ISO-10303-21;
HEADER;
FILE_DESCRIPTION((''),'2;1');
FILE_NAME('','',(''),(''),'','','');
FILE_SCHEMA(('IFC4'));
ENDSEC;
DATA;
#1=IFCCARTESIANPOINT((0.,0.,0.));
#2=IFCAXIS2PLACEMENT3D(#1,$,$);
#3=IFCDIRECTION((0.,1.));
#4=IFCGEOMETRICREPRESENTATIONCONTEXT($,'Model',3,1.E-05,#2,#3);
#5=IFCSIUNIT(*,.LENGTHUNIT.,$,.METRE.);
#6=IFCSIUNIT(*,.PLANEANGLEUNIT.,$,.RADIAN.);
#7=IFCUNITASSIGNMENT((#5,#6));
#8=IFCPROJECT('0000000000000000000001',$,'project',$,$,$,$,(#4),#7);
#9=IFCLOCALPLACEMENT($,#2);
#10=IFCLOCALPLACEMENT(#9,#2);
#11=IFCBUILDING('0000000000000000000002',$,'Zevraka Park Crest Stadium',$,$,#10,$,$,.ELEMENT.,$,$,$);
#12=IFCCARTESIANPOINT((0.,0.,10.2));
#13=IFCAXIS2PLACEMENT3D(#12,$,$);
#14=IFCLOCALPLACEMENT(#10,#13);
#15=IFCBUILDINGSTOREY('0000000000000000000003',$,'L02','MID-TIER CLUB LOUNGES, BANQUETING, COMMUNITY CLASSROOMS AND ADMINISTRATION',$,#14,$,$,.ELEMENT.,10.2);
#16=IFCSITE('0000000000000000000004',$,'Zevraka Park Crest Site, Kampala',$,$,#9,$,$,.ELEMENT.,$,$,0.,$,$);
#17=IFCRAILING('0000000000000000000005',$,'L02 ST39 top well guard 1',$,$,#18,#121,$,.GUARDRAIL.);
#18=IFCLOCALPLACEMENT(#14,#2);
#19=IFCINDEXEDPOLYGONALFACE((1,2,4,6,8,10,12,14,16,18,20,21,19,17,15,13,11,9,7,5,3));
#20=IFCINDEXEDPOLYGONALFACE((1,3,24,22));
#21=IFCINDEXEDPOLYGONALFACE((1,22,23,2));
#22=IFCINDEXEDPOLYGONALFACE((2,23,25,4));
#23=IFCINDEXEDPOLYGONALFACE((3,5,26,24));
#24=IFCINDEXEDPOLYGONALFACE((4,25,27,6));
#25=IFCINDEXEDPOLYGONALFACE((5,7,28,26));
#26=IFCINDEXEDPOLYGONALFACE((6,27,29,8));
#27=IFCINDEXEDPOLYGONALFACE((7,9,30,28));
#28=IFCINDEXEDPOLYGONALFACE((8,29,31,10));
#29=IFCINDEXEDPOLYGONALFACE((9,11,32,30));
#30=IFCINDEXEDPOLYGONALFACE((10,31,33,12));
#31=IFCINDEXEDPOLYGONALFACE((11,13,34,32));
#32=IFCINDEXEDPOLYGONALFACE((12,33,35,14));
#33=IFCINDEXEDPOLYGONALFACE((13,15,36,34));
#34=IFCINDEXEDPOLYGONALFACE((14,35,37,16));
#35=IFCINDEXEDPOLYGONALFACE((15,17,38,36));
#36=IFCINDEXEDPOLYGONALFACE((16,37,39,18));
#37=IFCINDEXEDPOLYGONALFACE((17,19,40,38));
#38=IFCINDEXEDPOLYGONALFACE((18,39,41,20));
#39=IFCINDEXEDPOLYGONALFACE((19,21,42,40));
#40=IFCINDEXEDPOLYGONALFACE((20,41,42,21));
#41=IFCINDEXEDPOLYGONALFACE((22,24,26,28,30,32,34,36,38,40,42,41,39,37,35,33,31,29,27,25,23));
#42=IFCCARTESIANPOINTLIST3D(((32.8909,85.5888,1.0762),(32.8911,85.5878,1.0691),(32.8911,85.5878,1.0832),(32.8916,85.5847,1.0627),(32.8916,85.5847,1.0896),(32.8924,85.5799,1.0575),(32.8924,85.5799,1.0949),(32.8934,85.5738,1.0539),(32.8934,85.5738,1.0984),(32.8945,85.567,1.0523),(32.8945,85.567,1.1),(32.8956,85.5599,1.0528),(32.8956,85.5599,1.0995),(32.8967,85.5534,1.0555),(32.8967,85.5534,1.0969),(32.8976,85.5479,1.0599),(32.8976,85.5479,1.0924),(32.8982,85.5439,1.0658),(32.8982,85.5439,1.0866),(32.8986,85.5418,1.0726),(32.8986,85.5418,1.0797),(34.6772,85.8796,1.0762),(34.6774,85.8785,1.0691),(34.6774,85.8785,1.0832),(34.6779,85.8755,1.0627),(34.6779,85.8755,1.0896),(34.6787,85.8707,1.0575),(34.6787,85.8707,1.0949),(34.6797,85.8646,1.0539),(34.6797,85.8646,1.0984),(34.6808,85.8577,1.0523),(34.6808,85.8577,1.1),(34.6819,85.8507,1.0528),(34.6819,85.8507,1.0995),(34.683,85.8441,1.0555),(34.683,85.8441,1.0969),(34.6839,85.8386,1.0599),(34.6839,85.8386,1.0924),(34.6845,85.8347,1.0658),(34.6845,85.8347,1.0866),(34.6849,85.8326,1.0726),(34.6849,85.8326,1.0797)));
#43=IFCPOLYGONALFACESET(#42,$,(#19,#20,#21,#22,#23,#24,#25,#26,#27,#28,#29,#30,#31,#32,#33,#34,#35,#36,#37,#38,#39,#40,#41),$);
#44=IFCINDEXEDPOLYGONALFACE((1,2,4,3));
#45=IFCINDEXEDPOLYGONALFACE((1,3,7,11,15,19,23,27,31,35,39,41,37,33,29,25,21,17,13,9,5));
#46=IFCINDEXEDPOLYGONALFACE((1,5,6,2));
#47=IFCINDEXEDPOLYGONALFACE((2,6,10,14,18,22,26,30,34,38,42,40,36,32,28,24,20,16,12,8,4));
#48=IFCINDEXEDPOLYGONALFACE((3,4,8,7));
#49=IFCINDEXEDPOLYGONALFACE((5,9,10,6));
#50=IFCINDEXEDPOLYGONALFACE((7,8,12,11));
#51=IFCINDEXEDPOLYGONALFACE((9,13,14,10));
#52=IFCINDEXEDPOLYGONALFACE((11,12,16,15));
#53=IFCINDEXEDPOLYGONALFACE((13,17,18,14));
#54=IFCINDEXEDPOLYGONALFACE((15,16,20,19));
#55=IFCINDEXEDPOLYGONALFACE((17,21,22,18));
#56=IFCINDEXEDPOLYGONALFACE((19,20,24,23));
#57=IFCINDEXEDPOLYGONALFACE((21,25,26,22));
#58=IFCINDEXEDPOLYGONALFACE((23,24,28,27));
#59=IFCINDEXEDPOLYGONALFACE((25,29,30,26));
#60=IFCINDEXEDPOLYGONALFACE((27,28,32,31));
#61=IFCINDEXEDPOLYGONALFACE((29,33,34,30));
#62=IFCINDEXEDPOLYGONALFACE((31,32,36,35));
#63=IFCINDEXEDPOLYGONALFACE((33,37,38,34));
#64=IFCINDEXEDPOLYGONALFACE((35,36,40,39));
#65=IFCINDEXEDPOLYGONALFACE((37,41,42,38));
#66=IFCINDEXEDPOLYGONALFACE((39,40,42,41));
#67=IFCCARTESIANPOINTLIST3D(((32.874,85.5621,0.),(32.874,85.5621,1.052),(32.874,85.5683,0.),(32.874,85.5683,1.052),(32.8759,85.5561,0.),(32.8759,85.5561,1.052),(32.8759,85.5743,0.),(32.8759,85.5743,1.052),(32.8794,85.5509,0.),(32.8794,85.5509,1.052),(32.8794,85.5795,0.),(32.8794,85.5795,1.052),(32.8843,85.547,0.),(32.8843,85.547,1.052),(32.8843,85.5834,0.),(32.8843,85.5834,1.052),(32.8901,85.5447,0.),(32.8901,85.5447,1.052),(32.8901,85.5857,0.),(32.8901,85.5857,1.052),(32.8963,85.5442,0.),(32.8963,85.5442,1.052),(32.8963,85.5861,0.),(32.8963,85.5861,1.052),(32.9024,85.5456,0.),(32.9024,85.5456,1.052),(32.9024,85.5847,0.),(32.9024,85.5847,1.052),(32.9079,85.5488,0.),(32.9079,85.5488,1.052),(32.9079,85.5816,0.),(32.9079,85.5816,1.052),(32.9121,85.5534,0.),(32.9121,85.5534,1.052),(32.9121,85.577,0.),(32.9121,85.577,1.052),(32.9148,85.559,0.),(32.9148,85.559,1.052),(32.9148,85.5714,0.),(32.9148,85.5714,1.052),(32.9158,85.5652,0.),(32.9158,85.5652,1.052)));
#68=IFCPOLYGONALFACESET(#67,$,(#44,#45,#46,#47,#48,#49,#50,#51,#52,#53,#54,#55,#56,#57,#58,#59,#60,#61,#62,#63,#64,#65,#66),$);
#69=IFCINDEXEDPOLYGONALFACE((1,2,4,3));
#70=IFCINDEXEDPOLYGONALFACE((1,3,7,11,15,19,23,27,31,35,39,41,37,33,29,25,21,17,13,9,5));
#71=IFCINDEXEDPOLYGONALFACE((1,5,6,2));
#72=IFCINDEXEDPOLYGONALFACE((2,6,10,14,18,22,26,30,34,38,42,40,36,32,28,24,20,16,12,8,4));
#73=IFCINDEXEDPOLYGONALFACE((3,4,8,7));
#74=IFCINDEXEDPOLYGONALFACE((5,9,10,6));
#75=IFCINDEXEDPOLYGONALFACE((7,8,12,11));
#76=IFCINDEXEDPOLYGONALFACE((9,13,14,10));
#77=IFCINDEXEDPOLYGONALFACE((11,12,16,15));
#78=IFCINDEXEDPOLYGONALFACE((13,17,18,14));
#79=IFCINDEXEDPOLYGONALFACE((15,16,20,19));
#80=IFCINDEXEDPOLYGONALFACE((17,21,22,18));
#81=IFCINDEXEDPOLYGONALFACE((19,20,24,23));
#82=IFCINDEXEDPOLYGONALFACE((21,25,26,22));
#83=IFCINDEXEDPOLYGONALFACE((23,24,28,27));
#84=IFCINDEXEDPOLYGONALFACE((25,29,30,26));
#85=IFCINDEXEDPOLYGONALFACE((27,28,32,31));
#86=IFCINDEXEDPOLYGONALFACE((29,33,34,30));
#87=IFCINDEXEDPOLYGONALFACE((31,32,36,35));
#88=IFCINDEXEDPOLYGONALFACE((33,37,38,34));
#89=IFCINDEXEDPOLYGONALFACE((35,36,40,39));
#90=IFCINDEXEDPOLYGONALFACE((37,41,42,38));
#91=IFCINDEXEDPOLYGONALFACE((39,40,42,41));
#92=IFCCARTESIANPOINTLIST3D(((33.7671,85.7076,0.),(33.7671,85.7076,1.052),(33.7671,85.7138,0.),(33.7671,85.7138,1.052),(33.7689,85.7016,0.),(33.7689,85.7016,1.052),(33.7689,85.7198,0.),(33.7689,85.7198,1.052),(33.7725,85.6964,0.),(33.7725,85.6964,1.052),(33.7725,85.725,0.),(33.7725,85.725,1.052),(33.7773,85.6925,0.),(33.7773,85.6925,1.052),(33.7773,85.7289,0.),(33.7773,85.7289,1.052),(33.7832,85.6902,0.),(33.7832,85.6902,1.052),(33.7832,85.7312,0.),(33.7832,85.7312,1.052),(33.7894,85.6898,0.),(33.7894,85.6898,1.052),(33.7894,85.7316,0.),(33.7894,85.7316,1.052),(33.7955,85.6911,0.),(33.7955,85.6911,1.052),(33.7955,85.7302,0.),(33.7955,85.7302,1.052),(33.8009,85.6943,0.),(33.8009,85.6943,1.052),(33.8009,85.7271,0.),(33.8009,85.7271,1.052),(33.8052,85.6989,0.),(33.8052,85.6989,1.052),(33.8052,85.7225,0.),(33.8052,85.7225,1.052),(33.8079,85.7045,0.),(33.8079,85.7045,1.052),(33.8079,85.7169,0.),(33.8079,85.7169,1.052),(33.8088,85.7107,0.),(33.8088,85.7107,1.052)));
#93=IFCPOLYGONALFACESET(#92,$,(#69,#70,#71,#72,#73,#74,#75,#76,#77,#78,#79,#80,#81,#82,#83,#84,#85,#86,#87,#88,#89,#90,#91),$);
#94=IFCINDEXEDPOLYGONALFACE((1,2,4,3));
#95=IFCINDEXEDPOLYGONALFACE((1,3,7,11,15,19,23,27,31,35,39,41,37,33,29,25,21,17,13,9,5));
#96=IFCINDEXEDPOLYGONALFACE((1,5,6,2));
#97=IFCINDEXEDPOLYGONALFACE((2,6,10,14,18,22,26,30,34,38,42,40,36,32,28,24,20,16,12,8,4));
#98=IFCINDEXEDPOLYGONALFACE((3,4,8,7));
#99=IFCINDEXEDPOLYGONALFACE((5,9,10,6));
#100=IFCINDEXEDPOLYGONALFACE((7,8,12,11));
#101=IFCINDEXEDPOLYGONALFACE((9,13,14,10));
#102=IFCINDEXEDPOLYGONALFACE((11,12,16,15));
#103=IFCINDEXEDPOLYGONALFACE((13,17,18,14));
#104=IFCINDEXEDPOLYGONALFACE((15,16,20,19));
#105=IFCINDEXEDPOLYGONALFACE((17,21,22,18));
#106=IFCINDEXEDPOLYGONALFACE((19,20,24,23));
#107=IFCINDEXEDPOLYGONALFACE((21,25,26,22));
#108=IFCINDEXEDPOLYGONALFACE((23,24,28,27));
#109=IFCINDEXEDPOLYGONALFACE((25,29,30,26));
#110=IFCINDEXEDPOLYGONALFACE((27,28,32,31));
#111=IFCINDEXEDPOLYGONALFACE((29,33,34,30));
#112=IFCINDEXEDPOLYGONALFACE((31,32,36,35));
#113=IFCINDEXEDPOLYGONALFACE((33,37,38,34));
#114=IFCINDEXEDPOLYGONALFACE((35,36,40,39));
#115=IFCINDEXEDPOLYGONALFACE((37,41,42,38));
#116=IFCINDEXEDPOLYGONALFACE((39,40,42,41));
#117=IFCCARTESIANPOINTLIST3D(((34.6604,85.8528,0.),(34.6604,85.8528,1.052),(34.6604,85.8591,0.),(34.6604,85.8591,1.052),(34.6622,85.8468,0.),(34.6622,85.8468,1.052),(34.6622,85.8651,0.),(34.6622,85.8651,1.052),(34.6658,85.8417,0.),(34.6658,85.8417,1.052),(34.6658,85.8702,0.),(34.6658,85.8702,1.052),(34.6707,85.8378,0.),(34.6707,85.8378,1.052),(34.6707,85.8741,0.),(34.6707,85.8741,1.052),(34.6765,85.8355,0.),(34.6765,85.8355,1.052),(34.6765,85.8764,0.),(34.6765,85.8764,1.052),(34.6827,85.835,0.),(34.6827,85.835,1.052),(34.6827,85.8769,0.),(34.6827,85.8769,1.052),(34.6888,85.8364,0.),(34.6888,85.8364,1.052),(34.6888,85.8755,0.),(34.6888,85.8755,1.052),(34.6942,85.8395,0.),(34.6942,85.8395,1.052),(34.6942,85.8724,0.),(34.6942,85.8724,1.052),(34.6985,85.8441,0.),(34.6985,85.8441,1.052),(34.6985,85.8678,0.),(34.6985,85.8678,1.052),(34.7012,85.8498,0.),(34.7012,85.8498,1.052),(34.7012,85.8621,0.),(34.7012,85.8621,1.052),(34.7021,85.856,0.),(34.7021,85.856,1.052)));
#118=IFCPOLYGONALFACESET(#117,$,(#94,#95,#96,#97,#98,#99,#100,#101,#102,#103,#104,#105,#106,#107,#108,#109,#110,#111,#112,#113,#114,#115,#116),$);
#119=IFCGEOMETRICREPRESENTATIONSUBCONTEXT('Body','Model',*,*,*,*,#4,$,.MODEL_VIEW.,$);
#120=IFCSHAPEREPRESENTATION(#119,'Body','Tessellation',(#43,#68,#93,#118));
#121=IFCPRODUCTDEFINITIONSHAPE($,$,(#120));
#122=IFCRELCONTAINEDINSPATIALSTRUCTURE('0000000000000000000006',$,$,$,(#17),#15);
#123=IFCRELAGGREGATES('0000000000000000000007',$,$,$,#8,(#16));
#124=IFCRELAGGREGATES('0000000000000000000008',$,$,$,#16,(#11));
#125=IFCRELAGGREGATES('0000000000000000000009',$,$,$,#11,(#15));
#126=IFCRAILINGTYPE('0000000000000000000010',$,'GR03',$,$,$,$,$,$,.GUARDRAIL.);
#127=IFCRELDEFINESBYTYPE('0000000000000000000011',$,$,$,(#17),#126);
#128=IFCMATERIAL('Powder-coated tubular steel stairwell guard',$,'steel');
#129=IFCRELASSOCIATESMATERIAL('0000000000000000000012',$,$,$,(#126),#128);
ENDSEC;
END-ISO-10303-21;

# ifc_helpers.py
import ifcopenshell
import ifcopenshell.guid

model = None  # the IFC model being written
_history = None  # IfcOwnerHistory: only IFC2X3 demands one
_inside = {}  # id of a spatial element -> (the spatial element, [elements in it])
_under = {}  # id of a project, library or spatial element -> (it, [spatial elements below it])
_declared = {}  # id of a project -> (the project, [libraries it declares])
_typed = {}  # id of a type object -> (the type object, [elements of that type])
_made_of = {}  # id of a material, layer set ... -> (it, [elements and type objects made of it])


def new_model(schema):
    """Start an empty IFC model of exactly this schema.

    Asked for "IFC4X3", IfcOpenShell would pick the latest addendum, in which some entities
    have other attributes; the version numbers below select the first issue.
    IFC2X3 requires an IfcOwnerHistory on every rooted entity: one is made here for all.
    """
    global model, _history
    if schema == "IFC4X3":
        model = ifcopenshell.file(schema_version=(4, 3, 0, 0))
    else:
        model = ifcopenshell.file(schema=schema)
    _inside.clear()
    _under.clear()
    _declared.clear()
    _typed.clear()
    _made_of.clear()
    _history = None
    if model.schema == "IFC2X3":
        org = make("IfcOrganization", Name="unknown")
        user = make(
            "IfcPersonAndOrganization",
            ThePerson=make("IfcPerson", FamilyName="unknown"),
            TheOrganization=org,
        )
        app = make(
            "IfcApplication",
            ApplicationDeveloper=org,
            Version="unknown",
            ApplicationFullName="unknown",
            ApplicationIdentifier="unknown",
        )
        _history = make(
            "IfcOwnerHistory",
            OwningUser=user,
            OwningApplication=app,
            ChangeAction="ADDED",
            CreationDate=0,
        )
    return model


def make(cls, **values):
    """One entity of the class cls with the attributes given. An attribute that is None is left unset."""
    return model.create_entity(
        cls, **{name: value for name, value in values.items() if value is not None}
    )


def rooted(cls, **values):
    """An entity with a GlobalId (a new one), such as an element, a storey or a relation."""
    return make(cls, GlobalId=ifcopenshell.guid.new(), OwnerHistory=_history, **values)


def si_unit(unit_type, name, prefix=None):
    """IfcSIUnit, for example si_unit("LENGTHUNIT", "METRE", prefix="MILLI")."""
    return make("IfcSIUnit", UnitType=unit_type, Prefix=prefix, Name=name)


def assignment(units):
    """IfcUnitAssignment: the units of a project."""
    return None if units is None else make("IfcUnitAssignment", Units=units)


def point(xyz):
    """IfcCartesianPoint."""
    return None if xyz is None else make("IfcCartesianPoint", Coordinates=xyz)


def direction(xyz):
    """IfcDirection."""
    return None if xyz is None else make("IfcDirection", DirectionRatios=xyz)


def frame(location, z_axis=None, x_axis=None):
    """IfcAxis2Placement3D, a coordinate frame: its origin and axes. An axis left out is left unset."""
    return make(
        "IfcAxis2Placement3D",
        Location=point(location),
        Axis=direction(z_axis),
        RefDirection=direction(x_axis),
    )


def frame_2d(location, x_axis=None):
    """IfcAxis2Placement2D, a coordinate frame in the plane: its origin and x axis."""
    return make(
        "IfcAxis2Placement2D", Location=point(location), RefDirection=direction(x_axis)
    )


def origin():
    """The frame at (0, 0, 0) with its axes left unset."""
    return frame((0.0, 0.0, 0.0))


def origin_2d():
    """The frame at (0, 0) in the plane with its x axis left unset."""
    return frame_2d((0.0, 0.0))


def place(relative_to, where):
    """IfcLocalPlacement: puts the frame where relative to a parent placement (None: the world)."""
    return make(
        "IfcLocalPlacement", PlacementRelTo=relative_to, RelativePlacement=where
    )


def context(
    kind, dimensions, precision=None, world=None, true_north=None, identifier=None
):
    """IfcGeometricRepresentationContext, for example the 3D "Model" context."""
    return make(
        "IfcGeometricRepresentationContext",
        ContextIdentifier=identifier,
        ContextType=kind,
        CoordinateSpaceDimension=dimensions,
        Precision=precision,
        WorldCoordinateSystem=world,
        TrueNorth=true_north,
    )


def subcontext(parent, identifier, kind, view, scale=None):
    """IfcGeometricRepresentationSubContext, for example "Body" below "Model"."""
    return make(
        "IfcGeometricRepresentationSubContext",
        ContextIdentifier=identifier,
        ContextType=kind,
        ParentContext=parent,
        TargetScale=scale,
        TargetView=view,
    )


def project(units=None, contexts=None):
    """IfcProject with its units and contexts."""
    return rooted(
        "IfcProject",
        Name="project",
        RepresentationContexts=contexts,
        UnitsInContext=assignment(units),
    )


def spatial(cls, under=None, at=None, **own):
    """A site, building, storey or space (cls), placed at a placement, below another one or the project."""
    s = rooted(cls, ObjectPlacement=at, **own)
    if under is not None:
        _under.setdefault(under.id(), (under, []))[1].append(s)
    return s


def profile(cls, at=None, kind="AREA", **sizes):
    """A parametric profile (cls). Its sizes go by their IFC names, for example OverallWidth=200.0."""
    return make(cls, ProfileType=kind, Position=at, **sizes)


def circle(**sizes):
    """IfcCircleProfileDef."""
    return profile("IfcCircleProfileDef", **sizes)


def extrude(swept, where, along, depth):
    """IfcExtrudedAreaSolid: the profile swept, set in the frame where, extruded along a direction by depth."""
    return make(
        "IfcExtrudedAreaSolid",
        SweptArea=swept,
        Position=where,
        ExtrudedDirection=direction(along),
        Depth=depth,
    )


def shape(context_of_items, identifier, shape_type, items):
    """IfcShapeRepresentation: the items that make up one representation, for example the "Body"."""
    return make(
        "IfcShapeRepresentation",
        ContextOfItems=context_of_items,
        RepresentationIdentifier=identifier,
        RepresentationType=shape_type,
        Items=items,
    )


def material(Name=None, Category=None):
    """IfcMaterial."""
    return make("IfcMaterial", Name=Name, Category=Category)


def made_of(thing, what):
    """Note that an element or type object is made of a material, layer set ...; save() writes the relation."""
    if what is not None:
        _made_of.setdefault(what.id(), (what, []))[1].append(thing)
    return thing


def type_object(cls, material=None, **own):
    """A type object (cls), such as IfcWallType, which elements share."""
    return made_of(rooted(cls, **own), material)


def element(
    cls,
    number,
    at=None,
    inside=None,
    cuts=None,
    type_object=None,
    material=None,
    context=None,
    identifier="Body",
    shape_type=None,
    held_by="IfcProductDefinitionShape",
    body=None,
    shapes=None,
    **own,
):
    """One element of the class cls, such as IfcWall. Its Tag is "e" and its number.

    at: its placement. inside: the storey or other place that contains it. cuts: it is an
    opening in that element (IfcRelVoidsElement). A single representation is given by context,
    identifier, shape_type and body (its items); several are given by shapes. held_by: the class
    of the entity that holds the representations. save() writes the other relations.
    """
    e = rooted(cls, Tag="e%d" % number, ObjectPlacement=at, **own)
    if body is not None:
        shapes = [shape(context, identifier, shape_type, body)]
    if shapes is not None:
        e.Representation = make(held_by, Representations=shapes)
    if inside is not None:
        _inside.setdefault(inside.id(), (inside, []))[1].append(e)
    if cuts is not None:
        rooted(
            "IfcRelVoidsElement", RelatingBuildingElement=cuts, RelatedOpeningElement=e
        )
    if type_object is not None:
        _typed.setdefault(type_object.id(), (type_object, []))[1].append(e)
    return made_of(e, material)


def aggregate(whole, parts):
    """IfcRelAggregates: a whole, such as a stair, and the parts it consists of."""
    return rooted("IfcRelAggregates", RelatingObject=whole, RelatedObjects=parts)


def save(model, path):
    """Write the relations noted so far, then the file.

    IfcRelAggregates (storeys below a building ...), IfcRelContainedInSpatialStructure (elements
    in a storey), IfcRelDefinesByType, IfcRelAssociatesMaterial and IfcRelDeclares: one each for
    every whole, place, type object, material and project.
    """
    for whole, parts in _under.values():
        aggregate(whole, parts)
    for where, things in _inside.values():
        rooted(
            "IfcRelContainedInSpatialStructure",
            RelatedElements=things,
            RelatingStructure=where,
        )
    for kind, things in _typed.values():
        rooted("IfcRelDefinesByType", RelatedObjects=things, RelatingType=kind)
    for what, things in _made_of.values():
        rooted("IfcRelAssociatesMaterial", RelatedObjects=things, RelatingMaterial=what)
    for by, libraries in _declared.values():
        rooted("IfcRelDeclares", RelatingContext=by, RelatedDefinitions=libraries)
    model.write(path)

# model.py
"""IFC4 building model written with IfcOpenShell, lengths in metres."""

from ifc_helpers import new_model, si_unit, direction, frame, origin, origin_2d, place, context, subcontext, project, spatial, circle, extrude, material, type_object, element, save


model = new_model("IFC4")

# Units and contexts
model_context = context("Model", 3, precision=1e-05, world=origin(), true_north=direction((0.0, 1.0)))
body_context = subcontext(model_context, "Body", "Model", "MODEL_VIEW")
ifc_project = project(units=[si_unit("LENGTHUNIT", "METRE"), si_unit("PLANEANGLEUNIT", "RADIAN")], contexts=[model_context])

# Site, building, storey
site_placement = place(None, origin())
site = spatial("IfcSite", under=ifc_project, at=site_placement, Name="Zevraka Park Crest Site, Kampala", CompositionType="ELEMENT", RefElevation=0.0)
building_placement = place(site_placement, origin())
building = spatial("IfcBuilding", under=site, at=building_placement, Name="Zevraka Park Crest Stadium", CompositionType="ELEMENT")
storey_placement = place(building_placement, frame((0.0, 0.0, 10.2)))
storey = spatial("IfcBuildingStorey", under=building, at=storey_placement, Name="L02", Description="MID-TIER CLUB LOUNGES, BANQUETING, COMMUNITY CLASSROOMS AND ADMINISTRATION", CompositionType="ELEMENT", Elevation=10.2)

# Railing
ifc_material_1 = material(Name="Powder-coated tubular steel stairwell guard", Category="steel")
railing_type_1 = type_object("IfcRailingType", Name="GR03", PredefinedType="GUARDRAIL", material=ifc_material_1)
railing_1_placement = place(storey_placement, frame((32.8948, 85.5652, 0.0)))
element("IfcRailing", 1, at=railing_1_placement, inside=storey, type_object=railing_type_1, Name="L02 ST39 top well guard 1", PredefinedType="GUARDRAIL", context=body_context, shape_type="SweptSolid", body=[
    extrude(circle(Radius=0.0239, at=origin_2d()), frame((0.0, 0.0, 1.0762), z_axis=(0.98701, 0.160657, 0.0), x_axis=(-0.160657, 0.98701, 0.0)), (0.0, 0.0, 1.0), 1.8098),
    extrude(circle(Radius=0.021, at=origin_2d()), origin(), (0.0, 0.0, 1.0), 1.052),
    extrude(circle(Radius=0.021, at=origin_2d()), frame((0.8931, 0.1455, 0.0)), (0.0, 0.0, 1.0), 1.052),
    extrude(circle(Radius=0.021, at=origin_2d()), frame((1.7864, 0.2908, 0.0)), (0.0, 0.0, 1.0), 1.052),
])

save(model, "model.ifc")
